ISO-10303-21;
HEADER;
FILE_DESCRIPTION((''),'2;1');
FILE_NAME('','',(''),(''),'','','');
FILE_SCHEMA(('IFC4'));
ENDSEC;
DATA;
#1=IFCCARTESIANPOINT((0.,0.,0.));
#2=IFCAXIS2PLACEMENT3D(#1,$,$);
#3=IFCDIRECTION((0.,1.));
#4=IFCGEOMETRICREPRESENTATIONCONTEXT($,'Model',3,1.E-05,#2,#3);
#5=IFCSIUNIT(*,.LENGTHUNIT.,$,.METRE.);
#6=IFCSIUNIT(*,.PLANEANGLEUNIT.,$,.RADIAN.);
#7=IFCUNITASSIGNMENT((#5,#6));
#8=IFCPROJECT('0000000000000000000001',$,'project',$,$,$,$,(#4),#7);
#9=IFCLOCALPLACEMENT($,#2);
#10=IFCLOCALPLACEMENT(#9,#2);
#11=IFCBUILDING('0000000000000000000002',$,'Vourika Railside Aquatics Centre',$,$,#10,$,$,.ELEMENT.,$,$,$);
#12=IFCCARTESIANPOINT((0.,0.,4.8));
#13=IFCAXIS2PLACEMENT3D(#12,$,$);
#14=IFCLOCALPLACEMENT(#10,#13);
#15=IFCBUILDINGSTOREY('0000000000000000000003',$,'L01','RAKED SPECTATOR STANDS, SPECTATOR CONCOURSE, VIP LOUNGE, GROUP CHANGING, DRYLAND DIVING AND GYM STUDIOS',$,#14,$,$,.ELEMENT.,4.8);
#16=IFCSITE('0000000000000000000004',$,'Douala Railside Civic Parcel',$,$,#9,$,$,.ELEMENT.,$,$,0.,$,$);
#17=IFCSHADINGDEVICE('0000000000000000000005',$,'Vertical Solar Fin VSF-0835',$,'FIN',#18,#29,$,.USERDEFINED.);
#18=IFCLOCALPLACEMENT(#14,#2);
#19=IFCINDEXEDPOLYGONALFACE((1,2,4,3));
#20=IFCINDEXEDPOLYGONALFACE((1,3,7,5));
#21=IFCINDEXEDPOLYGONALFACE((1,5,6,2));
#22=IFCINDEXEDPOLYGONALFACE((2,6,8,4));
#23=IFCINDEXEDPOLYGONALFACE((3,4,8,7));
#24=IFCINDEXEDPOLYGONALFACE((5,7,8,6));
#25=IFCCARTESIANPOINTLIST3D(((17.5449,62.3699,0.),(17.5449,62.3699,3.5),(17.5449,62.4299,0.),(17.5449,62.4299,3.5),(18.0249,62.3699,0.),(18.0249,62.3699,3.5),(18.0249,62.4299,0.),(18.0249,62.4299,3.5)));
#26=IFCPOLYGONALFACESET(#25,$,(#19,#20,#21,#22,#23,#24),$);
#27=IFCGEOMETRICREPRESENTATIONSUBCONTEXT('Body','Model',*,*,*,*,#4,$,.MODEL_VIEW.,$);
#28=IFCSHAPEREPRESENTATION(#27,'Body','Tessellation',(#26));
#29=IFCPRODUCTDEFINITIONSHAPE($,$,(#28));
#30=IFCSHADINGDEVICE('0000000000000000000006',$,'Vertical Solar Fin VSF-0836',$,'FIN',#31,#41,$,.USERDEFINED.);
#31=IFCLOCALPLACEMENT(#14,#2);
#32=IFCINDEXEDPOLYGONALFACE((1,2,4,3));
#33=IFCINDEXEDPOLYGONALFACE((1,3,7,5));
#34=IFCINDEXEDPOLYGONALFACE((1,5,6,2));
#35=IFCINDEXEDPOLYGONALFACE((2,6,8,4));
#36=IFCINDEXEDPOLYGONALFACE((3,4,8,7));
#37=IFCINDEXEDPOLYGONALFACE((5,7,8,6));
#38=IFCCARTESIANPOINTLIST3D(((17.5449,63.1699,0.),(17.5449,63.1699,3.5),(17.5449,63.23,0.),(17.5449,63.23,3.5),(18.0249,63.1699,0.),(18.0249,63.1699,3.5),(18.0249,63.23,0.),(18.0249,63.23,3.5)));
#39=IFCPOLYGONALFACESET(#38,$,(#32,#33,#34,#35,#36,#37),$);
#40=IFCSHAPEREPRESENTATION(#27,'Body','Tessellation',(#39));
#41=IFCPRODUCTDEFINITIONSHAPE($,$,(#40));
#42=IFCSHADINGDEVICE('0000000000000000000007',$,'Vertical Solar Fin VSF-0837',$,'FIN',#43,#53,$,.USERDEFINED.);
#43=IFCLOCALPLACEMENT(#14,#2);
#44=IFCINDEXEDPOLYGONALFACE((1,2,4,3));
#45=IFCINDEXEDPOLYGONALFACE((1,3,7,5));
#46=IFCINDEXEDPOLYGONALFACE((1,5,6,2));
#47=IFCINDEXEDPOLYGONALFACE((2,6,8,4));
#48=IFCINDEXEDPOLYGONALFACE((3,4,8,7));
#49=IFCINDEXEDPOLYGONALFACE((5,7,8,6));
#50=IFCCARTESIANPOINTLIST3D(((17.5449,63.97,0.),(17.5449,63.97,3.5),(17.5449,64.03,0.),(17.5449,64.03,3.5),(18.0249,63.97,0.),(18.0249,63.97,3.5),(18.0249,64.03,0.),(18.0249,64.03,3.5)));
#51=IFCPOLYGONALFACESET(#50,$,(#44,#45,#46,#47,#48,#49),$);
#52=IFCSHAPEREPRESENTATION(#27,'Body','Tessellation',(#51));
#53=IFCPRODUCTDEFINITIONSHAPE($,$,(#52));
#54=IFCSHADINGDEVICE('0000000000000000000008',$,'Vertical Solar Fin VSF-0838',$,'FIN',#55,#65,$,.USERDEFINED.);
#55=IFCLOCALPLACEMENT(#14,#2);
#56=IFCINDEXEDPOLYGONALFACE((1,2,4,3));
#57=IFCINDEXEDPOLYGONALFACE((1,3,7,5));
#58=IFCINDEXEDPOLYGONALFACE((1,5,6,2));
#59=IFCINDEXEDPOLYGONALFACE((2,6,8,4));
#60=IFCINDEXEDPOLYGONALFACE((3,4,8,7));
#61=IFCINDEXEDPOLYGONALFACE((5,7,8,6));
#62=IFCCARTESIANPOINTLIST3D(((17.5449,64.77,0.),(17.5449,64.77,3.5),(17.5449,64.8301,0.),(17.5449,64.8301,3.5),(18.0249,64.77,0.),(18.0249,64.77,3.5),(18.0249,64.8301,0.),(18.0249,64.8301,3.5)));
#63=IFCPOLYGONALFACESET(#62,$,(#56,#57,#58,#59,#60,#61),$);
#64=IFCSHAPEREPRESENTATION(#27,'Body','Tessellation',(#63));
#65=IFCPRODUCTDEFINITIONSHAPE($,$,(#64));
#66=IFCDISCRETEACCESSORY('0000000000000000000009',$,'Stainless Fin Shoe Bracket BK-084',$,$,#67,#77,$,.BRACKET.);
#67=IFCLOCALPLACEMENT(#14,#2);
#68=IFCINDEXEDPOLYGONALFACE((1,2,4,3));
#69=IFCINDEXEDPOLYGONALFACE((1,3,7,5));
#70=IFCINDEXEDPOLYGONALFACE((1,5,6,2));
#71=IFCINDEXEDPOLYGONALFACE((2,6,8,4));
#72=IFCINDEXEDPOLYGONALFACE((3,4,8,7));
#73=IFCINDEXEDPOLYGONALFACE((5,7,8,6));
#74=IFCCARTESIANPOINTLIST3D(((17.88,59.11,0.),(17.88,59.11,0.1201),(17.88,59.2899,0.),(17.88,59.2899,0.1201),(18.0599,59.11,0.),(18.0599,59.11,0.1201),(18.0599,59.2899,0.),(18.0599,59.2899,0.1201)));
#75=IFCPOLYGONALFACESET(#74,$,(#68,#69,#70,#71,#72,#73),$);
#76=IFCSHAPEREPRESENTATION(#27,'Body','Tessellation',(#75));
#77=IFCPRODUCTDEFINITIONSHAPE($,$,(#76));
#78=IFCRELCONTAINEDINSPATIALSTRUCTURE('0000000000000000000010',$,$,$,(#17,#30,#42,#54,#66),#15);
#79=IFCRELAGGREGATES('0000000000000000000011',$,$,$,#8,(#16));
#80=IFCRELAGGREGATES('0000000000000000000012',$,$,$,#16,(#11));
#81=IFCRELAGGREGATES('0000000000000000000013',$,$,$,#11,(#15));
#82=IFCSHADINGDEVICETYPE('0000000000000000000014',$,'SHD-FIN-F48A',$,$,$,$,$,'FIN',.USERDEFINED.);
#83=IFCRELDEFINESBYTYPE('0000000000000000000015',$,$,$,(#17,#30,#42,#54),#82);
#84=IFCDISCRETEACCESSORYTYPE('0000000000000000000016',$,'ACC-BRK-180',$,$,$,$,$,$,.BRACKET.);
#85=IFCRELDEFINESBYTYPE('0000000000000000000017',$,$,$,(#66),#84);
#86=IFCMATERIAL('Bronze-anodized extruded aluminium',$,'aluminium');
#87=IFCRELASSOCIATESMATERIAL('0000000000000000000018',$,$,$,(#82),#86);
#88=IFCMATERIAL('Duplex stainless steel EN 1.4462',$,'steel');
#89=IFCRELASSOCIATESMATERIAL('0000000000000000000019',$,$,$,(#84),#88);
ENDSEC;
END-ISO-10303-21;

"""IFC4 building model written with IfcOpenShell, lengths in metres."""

from ifc_helpers import new_model, si_unit, direction, frame, origin, origin_2d, place, context, subcontext, project, spatial, rectangle, extrude, material, material_profile, profile_set, type_object, element, save


model = new_model("IFC4")

# Units and contexts
model_context = context("Model", 3, precision=1e-05, world=origin(), true_north=direction((0.0, 1.0)))
body_context = subcontext(model_context, "Body", "Model", "MODEL_VIEW")
ifc_project = project(units=[si_unit("LENGTHUNIT", "METRE"), si_unit("PLANEANGLEUNIT", "RADIAN")], contexts=[model_context])

# Site, building, storey
site_placement = place(None, origin())
site = spatial("IfcSite", under=ifc_project, at=site_placement, Name="Douala Railside Civic Parcel", CompositionType="ELEMENT", RefElevation=0.0)
building_placement = place(site_placement, origin())
building = spatial("IfcBuilding", under=site, at=building_placement, Name="Vourika Railside Aquatics Centre", CompositionType="ELEMENT")
storey_placement = place(building_placement, frame((0.0, 0.0, 4.8)))
storey = spatial("IfcBuildingStorey", under=building, at=storey_placement, Name="L01", Description="RAKED SPECTATOR STANDS, SPECTATOR CONCOURSE, VIP LOUNGE, GROUP CHANGING, DRYLAND DIVING AND GYM STUDIOS", CompositionType="ELEMENT", Elevation=4.8)

# Shared definitions
ifc_material_1 = material(Name="Duplex stainless steel EN 1.4462", Category="steel")

# Shading devices
ifc_material_2 = material(Name="Bronze-anodized extruded aluminium", Category="aluminium")
ifc_material_profile_1 = material_profile(ifc_material_2, rectangle(XDim=0.0601, YDim=0.48, at=origin_2d()), Name="ALU-FIN 60x480")
ifc_profile_set_1 = profile_set([ifc_material_profile_1], Name="Bronze-anodized extruded aluminium")
shading_device_type = type_object("IfcShadingDeviceType", Name="SHD-FIN-F48A", ElementType="FIN", PredefinedType="USERDEFINED", material=ifc_profile_set_1)
for number, where, z_axis, x_axis, name in (
    (1, (17.7849, 62.3999, 0.0), (0.0, 0.0, 1.0), (0.0, 1.0, 0.0), "Vertical Solar Fin VSF-0835"),
    (2, (17.7849, 63.2, 0.0), (0.0, 0.0, 1.0), (0.0, 1.0, 0.0), "Vertical Solar Fin VSF-0836"),
    (3, (17.7849, 64.0, 0.0), (0.0, 0.0, 1.0), (0.0, 1.0, 0.0), "Vertical Solar Fin VSF-0837"),
    (4, (17.7849, 64.8, 0.0), (0.0, 0.0, 1.0), (0.0, 1.0, 0.0), "Vertical Solar Fin VSF-0838"),
):
    element("IfcShadingDevice", number, at=place(storey_placement, frame(where, z_axis=z_axis, x_axis=x_axis)), inside=storey, type_object=shading_device_type, Name=name, ObjectType="FIN", PredefinedType="USERDEFINED", context=body_context, shape_type="SweptSolid", body=[
        extrude(rectangle(XDim=0.0601, YDim=0.48, at=origin_2d()), origin(), (0.0, 0.0, 1.0), 3.5),
    ])

# Discrete accessory
discrete_accessory_type = type_object("IfcDiscreteAccessoryType", Name="ACC-BRK-180", PredefinedType="BRACKET", material=ifc_material_1)
discrete_accessory_placement = place(storey_placement, frame((17.97, 59.2, 0.0), z_axis=(0.0, 0.0, 1.0), x_axis=(-1.0, 0.0, 0.0)))
element("IfcDiscreteAccessory", 5, at=discrete_accessory_placement, inside=storey, type_object=discrete_accessory_type, Name="Stainless Fin Shoe Bracket BK-084", PredefinedType="BRACKET", context=body_context, shape_type="SweptSolid", body=[
    extrude(rectangle(XDim=0.1799, YDim=0.1799, at=origin_2d()), origin(), (0.0, 0.0, 1.0), 0.1201),
])

save(model, "model.ifc")
